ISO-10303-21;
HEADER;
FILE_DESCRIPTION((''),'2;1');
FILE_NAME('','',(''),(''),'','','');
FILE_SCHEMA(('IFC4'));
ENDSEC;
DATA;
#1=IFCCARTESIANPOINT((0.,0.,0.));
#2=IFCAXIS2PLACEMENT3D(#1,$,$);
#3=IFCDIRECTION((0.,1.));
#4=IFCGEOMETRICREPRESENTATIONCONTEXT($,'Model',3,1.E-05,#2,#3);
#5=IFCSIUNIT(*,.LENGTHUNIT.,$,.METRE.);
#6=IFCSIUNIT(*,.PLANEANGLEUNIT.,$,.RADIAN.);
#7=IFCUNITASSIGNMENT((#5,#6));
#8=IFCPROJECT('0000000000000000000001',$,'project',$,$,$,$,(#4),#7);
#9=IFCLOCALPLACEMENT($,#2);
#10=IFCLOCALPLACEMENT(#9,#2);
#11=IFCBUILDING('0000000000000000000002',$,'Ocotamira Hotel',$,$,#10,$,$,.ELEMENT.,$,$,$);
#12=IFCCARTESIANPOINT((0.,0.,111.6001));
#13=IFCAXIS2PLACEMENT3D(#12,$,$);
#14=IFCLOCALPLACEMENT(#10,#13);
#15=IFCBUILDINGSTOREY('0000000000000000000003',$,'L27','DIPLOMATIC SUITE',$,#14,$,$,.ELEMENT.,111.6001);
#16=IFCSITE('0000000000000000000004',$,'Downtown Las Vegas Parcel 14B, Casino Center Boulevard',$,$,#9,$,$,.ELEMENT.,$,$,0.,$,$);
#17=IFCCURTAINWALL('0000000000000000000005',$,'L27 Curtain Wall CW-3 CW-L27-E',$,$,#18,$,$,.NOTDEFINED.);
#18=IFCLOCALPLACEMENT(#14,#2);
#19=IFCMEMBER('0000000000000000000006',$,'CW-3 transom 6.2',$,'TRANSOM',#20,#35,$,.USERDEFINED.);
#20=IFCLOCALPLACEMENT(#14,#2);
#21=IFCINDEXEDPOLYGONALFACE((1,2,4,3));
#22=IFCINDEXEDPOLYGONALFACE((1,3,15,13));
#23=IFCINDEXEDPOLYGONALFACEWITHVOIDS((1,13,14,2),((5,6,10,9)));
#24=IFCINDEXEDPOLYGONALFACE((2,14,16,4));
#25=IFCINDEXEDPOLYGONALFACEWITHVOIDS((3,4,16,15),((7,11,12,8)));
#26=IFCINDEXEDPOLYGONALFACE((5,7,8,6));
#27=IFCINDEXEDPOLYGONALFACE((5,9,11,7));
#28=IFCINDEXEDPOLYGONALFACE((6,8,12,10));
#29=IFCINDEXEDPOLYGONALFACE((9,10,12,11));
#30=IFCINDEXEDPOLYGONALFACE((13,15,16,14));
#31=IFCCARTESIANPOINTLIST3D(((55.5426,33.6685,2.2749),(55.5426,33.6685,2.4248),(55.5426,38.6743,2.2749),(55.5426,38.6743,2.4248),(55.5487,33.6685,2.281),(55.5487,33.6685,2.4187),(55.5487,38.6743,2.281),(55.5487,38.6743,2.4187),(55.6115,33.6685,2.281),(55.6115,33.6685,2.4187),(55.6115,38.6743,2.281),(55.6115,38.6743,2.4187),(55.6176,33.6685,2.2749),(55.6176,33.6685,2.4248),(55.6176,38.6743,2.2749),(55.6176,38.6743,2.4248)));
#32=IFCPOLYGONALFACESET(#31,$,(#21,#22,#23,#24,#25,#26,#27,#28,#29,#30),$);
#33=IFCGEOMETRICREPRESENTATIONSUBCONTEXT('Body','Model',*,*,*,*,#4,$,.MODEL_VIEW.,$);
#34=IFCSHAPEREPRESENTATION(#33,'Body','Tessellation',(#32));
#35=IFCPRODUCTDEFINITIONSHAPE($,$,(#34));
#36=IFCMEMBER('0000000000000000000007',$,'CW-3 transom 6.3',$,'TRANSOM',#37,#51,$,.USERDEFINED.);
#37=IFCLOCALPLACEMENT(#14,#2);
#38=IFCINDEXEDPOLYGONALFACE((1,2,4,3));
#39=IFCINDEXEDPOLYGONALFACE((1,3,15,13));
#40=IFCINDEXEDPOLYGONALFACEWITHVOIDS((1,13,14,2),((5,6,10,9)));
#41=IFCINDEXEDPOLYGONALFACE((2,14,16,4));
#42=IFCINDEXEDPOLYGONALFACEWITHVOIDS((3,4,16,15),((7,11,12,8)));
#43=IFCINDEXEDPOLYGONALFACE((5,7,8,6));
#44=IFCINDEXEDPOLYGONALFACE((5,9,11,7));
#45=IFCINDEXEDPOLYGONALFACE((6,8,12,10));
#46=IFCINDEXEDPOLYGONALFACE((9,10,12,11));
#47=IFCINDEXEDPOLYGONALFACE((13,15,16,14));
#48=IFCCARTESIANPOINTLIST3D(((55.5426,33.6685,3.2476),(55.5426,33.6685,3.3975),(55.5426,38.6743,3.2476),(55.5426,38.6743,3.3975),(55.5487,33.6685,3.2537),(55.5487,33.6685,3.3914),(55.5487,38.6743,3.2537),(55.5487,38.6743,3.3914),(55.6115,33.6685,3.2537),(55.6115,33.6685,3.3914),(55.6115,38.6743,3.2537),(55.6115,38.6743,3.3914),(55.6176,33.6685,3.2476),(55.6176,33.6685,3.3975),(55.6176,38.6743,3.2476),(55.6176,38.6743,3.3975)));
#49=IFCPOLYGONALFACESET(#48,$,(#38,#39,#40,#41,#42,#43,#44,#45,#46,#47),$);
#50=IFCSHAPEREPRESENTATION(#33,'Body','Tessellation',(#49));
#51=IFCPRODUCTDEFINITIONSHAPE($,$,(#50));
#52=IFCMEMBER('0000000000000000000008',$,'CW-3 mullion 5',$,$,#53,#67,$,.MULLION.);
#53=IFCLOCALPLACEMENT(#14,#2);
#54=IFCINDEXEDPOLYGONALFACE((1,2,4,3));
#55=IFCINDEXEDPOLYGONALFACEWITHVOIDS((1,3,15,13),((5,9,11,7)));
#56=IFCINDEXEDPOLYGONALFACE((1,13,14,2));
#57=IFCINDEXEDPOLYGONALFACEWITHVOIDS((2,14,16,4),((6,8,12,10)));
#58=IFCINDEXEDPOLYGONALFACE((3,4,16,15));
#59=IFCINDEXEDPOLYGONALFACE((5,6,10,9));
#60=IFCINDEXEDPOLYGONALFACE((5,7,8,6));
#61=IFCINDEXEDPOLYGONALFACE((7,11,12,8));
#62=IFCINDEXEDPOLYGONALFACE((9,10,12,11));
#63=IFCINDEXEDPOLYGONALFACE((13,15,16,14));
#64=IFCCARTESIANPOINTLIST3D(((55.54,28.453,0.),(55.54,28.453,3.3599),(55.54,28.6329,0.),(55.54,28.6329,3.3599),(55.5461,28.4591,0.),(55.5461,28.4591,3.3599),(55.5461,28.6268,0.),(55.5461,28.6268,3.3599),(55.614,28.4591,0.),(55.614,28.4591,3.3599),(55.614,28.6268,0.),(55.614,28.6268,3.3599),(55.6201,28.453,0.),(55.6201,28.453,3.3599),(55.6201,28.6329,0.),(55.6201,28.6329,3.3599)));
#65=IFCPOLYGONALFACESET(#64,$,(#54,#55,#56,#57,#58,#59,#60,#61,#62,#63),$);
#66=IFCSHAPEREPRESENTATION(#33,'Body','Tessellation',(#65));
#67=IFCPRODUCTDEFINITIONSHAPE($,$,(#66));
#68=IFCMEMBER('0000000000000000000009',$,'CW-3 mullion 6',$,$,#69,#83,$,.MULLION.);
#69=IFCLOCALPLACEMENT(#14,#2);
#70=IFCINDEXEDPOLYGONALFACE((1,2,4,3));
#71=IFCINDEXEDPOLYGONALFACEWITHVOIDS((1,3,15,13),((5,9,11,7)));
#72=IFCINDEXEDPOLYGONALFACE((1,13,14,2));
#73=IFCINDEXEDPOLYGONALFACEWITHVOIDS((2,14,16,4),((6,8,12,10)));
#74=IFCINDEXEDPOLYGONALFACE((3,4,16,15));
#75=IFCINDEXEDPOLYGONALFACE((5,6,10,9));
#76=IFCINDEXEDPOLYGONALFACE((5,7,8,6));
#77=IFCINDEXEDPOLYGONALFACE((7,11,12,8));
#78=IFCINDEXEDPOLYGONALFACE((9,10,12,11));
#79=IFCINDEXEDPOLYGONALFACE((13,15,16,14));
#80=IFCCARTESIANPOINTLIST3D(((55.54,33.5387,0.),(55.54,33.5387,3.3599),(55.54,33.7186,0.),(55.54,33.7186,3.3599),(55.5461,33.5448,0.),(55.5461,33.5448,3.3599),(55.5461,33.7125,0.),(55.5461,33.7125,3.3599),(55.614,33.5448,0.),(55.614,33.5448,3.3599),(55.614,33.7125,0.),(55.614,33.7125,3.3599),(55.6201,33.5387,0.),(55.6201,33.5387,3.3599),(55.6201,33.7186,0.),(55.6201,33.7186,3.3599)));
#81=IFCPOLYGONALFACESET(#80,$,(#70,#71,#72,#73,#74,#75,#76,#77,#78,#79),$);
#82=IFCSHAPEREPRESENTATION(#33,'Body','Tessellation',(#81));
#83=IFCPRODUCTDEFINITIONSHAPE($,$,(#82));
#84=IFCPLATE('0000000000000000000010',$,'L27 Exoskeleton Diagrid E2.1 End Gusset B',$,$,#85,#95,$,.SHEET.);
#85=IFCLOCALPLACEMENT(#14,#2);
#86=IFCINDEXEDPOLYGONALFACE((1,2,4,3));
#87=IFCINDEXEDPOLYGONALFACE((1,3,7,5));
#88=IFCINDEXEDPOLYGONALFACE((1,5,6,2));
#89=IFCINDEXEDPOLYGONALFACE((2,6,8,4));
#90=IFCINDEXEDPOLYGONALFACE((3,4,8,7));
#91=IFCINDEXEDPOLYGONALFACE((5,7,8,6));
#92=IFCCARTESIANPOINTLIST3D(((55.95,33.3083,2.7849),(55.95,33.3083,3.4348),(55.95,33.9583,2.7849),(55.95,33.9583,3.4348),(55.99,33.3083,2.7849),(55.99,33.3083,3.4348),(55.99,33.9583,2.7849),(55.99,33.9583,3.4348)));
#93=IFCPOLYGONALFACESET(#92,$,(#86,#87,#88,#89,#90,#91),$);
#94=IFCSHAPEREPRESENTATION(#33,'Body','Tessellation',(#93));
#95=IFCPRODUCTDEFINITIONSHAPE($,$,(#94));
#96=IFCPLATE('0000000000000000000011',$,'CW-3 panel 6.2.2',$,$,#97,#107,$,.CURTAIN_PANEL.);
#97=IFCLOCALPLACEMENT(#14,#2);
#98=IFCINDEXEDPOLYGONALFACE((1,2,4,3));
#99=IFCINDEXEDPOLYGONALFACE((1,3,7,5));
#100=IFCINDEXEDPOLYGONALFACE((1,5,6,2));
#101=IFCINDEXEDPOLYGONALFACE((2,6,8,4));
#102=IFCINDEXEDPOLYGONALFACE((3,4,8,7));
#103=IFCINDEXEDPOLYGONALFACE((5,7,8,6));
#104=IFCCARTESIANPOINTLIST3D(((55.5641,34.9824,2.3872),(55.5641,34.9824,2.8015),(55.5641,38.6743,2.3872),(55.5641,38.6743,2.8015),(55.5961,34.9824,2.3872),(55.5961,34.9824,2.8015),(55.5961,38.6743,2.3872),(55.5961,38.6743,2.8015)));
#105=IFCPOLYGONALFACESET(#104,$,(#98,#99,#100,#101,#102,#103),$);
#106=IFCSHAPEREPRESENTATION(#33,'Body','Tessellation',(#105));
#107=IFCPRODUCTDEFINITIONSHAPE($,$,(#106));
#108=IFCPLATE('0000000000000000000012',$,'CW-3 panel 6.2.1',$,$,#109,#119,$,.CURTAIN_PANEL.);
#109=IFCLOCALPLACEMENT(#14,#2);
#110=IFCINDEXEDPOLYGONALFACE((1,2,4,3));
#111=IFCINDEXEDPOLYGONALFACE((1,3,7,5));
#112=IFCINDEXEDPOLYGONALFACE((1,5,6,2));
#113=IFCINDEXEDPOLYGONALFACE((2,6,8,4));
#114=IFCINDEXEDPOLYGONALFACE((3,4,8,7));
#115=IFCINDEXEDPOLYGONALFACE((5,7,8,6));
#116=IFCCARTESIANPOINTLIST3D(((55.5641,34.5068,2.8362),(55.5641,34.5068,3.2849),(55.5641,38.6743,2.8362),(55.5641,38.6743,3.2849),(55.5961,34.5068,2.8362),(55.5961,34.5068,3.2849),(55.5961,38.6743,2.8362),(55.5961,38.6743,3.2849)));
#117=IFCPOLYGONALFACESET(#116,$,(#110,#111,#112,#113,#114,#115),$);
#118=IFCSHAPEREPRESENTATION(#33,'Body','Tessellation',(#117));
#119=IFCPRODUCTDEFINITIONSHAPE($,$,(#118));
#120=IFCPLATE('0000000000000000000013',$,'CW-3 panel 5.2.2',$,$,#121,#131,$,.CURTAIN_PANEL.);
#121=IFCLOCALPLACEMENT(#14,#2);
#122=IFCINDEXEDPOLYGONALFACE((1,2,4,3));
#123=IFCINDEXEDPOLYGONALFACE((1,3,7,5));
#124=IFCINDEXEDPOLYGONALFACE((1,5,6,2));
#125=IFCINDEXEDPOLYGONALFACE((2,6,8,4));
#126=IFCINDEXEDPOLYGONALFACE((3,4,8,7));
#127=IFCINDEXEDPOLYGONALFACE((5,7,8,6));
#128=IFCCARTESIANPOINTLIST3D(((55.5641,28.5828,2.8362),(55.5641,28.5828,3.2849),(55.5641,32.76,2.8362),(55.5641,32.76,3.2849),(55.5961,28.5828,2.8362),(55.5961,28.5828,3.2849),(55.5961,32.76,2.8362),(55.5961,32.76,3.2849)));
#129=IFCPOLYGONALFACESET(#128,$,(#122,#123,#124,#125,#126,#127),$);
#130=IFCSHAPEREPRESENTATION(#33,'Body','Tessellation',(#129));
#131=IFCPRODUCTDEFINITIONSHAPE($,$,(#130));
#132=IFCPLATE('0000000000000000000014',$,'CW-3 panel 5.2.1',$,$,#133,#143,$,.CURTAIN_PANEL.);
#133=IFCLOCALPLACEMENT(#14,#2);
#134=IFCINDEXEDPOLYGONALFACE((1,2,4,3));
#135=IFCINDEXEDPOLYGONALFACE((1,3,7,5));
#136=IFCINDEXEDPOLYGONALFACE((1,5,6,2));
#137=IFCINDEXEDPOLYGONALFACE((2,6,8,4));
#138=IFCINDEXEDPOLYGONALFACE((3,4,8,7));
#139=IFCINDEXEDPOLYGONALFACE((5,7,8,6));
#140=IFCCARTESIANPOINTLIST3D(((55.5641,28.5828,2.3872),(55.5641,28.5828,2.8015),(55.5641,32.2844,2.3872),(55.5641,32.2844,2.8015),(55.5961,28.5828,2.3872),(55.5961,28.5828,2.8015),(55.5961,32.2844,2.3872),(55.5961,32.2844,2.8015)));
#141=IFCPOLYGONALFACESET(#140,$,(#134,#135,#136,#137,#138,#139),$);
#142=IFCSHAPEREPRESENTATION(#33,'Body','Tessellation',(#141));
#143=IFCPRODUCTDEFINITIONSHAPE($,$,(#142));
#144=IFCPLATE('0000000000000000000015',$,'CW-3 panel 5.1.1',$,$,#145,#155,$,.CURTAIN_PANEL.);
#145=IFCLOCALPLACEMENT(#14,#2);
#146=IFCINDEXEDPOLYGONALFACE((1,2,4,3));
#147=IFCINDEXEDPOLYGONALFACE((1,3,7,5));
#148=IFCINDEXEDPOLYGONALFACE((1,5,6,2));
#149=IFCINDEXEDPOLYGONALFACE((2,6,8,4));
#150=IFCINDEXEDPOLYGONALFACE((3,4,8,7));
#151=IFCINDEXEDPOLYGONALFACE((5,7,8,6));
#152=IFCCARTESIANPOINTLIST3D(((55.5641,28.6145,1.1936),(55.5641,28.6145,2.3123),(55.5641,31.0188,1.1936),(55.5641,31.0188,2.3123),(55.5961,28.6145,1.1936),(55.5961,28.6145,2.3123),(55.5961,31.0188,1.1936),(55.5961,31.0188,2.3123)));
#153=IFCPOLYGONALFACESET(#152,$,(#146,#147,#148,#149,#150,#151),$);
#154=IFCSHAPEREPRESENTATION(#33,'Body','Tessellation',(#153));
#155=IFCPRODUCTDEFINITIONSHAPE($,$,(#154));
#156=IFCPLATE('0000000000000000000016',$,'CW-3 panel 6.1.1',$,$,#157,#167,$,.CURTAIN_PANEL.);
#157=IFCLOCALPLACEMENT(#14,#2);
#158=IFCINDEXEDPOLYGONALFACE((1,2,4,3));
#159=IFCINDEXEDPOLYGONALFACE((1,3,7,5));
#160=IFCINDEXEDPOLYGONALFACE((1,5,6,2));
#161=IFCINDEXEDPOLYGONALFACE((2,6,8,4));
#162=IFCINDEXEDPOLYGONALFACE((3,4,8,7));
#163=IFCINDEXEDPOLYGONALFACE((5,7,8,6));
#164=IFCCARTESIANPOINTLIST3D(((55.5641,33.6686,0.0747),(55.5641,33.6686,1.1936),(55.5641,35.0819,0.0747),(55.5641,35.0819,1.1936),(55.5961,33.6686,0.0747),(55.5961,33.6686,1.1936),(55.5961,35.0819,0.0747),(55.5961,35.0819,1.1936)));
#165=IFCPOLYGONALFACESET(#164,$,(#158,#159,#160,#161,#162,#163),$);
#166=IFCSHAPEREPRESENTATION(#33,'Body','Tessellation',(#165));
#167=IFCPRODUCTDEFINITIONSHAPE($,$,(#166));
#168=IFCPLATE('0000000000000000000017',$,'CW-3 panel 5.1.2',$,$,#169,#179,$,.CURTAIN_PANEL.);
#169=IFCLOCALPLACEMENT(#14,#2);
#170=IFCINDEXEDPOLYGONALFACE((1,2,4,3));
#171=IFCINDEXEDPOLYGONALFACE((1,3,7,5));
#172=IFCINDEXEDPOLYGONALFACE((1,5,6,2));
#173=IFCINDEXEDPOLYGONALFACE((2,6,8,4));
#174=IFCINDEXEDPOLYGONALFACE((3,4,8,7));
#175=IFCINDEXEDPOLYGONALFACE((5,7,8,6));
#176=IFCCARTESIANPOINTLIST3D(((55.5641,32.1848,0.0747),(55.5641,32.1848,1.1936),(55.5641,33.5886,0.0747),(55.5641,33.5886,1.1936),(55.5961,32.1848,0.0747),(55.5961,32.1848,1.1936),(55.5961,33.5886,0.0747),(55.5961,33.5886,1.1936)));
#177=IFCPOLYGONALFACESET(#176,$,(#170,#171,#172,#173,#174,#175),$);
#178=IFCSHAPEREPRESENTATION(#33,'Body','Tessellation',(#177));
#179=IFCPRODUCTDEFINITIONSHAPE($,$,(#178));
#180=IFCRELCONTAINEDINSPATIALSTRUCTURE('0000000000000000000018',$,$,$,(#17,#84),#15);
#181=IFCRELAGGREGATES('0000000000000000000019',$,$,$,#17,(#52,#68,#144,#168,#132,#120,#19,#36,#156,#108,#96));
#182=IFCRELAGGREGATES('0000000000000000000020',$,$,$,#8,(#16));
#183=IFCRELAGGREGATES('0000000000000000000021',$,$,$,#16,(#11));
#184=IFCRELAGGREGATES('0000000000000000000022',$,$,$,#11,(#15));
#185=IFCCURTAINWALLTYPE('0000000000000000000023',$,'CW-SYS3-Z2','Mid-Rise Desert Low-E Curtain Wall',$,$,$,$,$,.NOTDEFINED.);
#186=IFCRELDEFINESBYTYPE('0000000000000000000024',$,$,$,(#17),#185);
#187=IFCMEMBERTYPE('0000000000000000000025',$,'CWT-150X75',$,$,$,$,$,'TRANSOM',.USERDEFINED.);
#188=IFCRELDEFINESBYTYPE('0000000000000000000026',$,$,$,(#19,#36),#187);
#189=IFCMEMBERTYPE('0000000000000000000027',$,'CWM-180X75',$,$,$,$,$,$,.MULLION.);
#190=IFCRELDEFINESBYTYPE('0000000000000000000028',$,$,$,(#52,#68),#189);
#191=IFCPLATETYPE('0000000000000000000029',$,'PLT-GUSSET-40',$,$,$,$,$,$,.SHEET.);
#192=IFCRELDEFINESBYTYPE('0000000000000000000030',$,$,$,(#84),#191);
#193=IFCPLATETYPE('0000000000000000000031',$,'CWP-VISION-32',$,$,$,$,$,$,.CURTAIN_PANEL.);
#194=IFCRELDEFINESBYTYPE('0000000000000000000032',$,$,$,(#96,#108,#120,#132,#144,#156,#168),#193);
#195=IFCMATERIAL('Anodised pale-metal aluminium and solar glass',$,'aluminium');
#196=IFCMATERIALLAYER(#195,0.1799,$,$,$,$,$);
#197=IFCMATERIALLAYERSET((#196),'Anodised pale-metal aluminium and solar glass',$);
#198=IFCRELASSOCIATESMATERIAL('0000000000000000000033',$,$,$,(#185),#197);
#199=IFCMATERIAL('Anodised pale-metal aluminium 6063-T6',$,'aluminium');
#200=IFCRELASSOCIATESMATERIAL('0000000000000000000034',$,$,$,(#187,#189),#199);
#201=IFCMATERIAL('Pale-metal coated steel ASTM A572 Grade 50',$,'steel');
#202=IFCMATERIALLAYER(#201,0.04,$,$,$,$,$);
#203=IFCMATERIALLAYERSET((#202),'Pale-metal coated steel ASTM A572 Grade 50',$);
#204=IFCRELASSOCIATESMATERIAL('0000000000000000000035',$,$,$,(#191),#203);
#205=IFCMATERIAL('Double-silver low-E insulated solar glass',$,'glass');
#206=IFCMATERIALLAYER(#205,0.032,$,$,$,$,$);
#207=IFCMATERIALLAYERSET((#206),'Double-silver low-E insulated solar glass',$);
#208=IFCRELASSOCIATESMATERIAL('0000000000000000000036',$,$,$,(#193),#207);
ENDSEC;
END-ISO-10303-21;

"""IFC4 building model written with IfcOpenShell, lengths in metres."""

from ifc_helpers import new_model, si_unit, direction, frame, origin, origin_2d, place, context, subcontext, project, spatial, rectangle, hollow_rectangle, extrude, source, transform, mapped, material, layer, layer_set, material_profile, profile_set, type_object, element, aggregate, save


model = new_model("IFC4")

# Units and contexts
model_context = context("Model", 3, precision=1e-05, world=origin(), true_north=direction((0.0, 1.0)))
body_context = subcontext(model_context, "Body", "Model", "MODEL_VIEW")
ifc_project = project(units=[si_unit("LENGTHUNIT", "METRE"), si_unit("PLANEANGLEUNIT", "RADIAN")], contexts=[model_context])

# Site, building, storey
site_placement = place(None, origin())
site = spatial("IfcSite", under=ifc_project, at=site_placement, Name="Downtown Las Vegas Parcel 14B, Casino Center Boulevard", CompositionType="ELEMENT", RefElevation=0.0)
building_placement = place(site_placement, origin())
building = spatial("IfcBuilding", under=site, at=building_placement, Name="Ocotamira Hotel", CompositionType="ELEMENT")
storey_placement = place(building_placement, frame((0.0, 0.0, 111.6001)))
storey = spatial("IfcBuildingStorey", under=building, at=storey_placement, Name="L27", Description="DIPLOMATIC SUITE", CompositionType="ELEMENT", Elevation=111.6001)

# Curtain wall, members
ifc_material_1 = material(Name="Anodised pale-metal aluminium and solar glass", Category="aluminium")
ifc_layer_1 = layer(ifc_material_1, 0.1799)
ifc_layer_set_1 = layer_set([ifc_layer_1], Name="Anodised pale-metal aluminium and solar glass")
curtain_wall_type = type_object("IfcCurtainWallType", Name="CW-SYS3-Z2", Description="Mid-Rise Desert Low-E Curtain Wall", PredefinedType="NOTDEFINED", material=ifc_layer_set_1)
curtain_wall_placement = place(storey_placement, origin())
curtain_wall = element("IfcCurtainWall", 1, at=curtain_wall_placement, inside=storey, type_object=curtain_wall_type, Name="L27 Curtain Wall CW-3 CW-L27-E", PredefinedType="NOTDEFINED")
ifc_material_2 = material(Name="Anodised pale-metal aluminium 6063-T6", Category="aluminium")
ifc_material_profile_1 = material_profile(ifc_material_2, hollow_rectangle(XDim=0.075, YDim=0.1499, WallThickness=0.0061, at=origin_2d()), Name="HSS150X75X6")
ifc_profile_set_1 = profile_set([ifc_material_profile_1], Name="Anodised pale-metal aluminium 6063-T6")
member_type_1 = type_object("IfcMemberType", Name="CWT-150X75", ElementType="TRANSOM", PredefinedType="USERDEFINED", material=ifc_profile_set_1)
shared_shape_1 = source(origin(), body_context, "Body", "SweptSolid", [
    extrude(hollow_rectangle(XDim=0.075, YDim=0.1499, WallThickness=0.0061, at=origin_2d()), origin(), (0.0, 0.0, 1.0), 5.0059),
])
member_1_placement = place(storey_placement, frame((55.5801, 33.6685, 2.3499), z_axis=(0.0, 1.0, 0.0), x_axis=(-1.0, 0.0, 0.0)))
member_1 = element("IfcMember", 2, at=member_1_placement, type_object=member_type_1, Name="CW-3 transom 6.2", ObjectType="TRANSOM", PredefinedType="USERDEFINED", context=body_context, shape_type="MappedRepresentation", body=[
    mapped(shared_shape_1, transform((0.0, 0.0, 0.0), scale=1.0)),
])
member_2_placement = place(storey_placement, frame((55.5801, 33.6685, 3.3225), z_axis=(0.0, 1.0, 0.0), x_axis=(-1.0, 0.0, 0.0)))
member_2 = element("IfcMember", 3, at=member_2_placement, type_object=member_type_1, Name="CW-3 transom 6.3", ObjectType="TRANSOM", PredefinedType="USERDEFINED", context=body_context, shape_type="MappedRepresentation", body=[
    mapped(shared_shape_1, transform((0.0, 0.0, 0.0), scale=1.0)),
])
ifc_material_profile_2 = material_profile(ifc_material_2, hollow_rectangle(XDim=0.0801, YDim=0.1799, WallThickness=0.0061, at=origin_2d()), Name="HSS180X80X6")
ifc_profile_set_2 = profile_set([ifc_material_profile_2], Name="Anodised pale-metal aluminium 6063-T6")
member_type_2 = type_object("IfcMemberType", Name="CWM-180X75", PredefinedType="MULLION", material=ifc_profile_set_2)
shared_shape_2 = source(origin(), body_context, "Body", "SweptSolid", [
    extrude(hollow_rectangle(XDim=0.0801, YDim=0.1799, WallThickness=0.0061, at=origin_2d()), origin(), (0.0, 0.0, 1.0), 3.3599),
])
member_3_placement = place(storey_placement, frame((55.5801, 28.543, 0.0), z_axis=(0.0, 0.0, 1.0), x_axis=(-1.0, 0.0, 0.0)))
member_3 = element("IfcMember", 4, at=member_3_placement, type_object=member_type_2, Name="CW-3 mullion 5", PredefinedType="MULLION", context=body_context, shape_type="MappedRepresentation", body=[
    mapped(shared_shape_2, transform((0.0, 0.0, 0.0), scale=1.0)),
])
member_4_placement = place(storey_placement, frame((55.5801, 33.6287, 0.0), z_axis=(0.0, 0.0, 1.0), x_axis=(-1.0, 0.0, 0.0)))
member_4 = element("IfcMember", 5, at=member_4_placement, type_object=member_type_2, Name="CW-3 mullion 6", PredefinedType="MULLION", context=body_context, shape_type="MappedRepresentation", body=[
    mapped(shared_shape_2, transform((0.0, 0.0, 0.0), scale=1.0)),
])

# Plates
ifc_material_3 = material(Name="Pale-metal coated steel ASTM A572 Grade 50", Category="steel")
ifc_layer_2 = layer(ifc_material_3, 0.04)
ifc_layer_set_2 = layer_set([ifc_layer_2], Name="Pale-metal coated steel ASTM A572 Grade 50")
plate_type_1 = type_object("IfcPlateType", Name="PLT-GUSSET-40", PredefinedType="SHEET", material=ifc_layer_set_2)
shared_shape_3 = source(origin(), body_context, "Body", "SweptSolid", [
    extrude(rectangle(XDim=0.04, YDim=0.6499, at=origin_2d()), origin(), (0.0, 0.0, 1.0), 0.6499),
])
plate_1_placement = place(storey_placement, frame((55.97, 33.6333, 2.7849), z_axis=(0.0, 0.0, 1.0), x_axis=(1.0, 0.0, 0.0)))
element("IfcPlate", 6, at=plate_1_placement, inside=storey, type_object=plate_type_1, Name="L27 Exoskeleton Diagrid E2.1 End Gusset B", PredefinedType="SHEET", context=body_context, shape_type="MappedRepresentation", body=[
    mapped(shared_shape_3, transform((0.0, 0.0, 0.0), scale=1.0)),
])
ifc_material_4 = material(Name="Double-silver low-E insulated solar glass", Category="glass")
ifc_layer_3 = layer(ifc_material_4, 0.032)
ifc_layer_set_3 = layer_set([ifc_layer_3], Name="Double-silver low-E insulated solar glass")
plate_type_2 = type_object("IfcPlateType", Name="CWP-VISION-32", PredefinedType="CURTAIN_PANEL", material=ifc_layer_set_3)
shared_shape_4 = source(origin(), body_context, "Body", "SweptSolid", [
    extrude(rectangle(XDim=3.6919, YDim=0.032, at=origin_2d()), origin(), (0.0, 0.0, 1.0), 0.4143),
])
plate_2_placement = place(storey_placement, frame((55.5801, 36.8284, 2.3872), z_axis=(0.0, 0.0, 1.0), x_axis=(0.0, 1.0, 0.0)))
plate_2 = element("IfcPlate", 7, at=plate_2_placement, type_object=plate_type_2, Name="CW-3 panel 6.2.2", PredefinedType="CURTAIN_PANEL", context=body_context, shape_type="MappedRepresentation", body=[
    mapped(shared_shape_4, transform((0.0, 0.0, 0.0), scale=1.0)),
])
shared_shape_5 = source(origin(), body_context, "Body", "SweptSolid", [
    extrude(rectangle(XDim=4.1675, YDim=0.032, at=origin_2d()), origin(), (0.0, 0.0, 1.0), 0.4487),
])
plate_3_placement = place(storey_placement, frame((55.5801, 36.5906, 2.8362), z_axis=(0.0, 0.0, 1.0), x_axis=(0.0, 1.0, 0.0)))
plate_3 = element("IfcPlate", 8, at=plate_3_placement, type_object=plate_type_2, Name="CW-3 panel 6.2.1", PredefinedType="CURTAIN_PANEL", context=body_context, shape_type="MappedRepresentation", body=[
    mapped(shared_shape_5, transform((0.0, 0.0, 0.0), scale=1.0)),
])
shared_shape_6 = source(origin(), body_context, "Body", "SweptSolid", [
    extrude(rectangle(XDim=4.1772, YDim=0.032, at=origin_2d()), origin(), (0.0, 0.0, 1.0), 0.4487),
])
plate_4_placement = place(storey_placement, frame((55.5801, 30.6714, 2.8362), z_axis=(0.0, 0.0, 1.0), x_axis=(0.0, 1.0, 0.0)))
plate_4 = element("IfcPlate", 9, at=plate_4_placement, type_object=plate_type_2, Name="CW-3 panel 5.2.2", PredefinedType="CURTAIN_PANEL", context=body_context, shape_type="MappedRepresentation", body=[
    mapped(shared_shape_6, transform((0.0, 0.0, 0.0), scale=1.0)),
])
shared_shape_7 = source(origin(), body_context, "Body", "SweptSolid", [
    extrude(rectangle(XDim=3.7017, YDim=0.032, at=origin_2d()), origin(), (0.0, 0.0, 1.0), 0.4143),
])
plate_5_placement = place(storey_placement, frame((55.5801, 30.4336, 2.3872), z_axis=(0.0, 0.0, 1.0), x_axis=(0.0, 1.0, 0.0)))
plate_5 = element("IfcPlate", 10, at=plate_5_placement, type_object=plate_type_2, Name="CW-3 panel 5.2.1", PredefinedType="CURTAIN_PANEL", context=body_context, shape_type="MappedRepresentation", body=[
    mapped(shared_shape_7, transform((0.0, 0.0, 0.0), scale=1.0)),
])
shared_shape_8 = source(origin(), body_context, "Body", "SweptSolid", [
    extrude(rectangle(XDim=2.4043, YDim=0.032, at=origin_2d()), origin(), (0.0, 0.0, 1.0), 1.1187),
])
plate_6_placement = place(storey_placement, frame((55.5801, 29.8167, 1.1936), z_axis=(0.0, 0.0, 1.0), x_axis=(0.0, 1.0, 0.0)))
plate_6 = element("IfcPlate", 11, at=plate_6_placement, type_object=plate_type_2, Name="CW-3 panel 5.1.1", PredefinedType="CURTAIN_PANEL", context=body_context, shape_type="MappedRepresentation", body=[
    mapped(shared_shape_8, transform((0.0, 0.0, 0.0), scale=1.0)),
])
shared_shape_9 = source(origin(), body_context, "Body", "SweptSolid", [
    extrude(rectangle(XDim=1.4133, YDim=0.032, at=origin_2d()), origin(), (0.0, 0.0, 1.0), 1.1189),
])
plate_7_placement = place(storey_placement, frame((55.5801, 34.3752, 0.0747), z_axis=(0.0, 0.0, 1.0), x_axis=(0.0, 1.0, 0.0)))
plate_7 = element("IfcPlate", 12, at=plate_7_placement, type_object=plate_type_2, Name="CW-3 panel 6.1.1", PredefinedType="CURTAIN_PANEL", context=body_context, shape_type="MappedRepresentation", body=[
    mapped(shared_shape_9, transform((0.0, 0.0, 0.0), scale=1.0)),
])
shared_shape_10 = source(origin(), body_context, "Body", "SweptSolid", [
    extrude(rectangle(XDim=1.4038, YDim=0.032, at=origin_2d()), origin(), (0.0, 0.0, 1.0), 1.1189),
])
plate_8_placement = place(storey_placement, frame((55.5801, 32.8867, 0.0747), z_axis=(0.0, 0.0, 1.0), x_axis=(0.0, 1.0, 0.0)))
plate_8 = element("IfcPlate", 13, at=plate_8_placement, type_object=plate_type_2, Name="CW-3 panel 5.1.2", PredefinedType="CURTAIN_PANEL", context=body_context, shape_type="MappedRepresentation", body=[
    mapped(shared_shape_10, transform((0.0, 0.0, 0.0), scale=1.0)),
])
aggregate(curtain_wall, [member_3, member_4, plate_6, plate_8, plate_5, plate_4, member_1, member_2, plate_7, plate_3, plate_2])

save(model, "model.ifc")
